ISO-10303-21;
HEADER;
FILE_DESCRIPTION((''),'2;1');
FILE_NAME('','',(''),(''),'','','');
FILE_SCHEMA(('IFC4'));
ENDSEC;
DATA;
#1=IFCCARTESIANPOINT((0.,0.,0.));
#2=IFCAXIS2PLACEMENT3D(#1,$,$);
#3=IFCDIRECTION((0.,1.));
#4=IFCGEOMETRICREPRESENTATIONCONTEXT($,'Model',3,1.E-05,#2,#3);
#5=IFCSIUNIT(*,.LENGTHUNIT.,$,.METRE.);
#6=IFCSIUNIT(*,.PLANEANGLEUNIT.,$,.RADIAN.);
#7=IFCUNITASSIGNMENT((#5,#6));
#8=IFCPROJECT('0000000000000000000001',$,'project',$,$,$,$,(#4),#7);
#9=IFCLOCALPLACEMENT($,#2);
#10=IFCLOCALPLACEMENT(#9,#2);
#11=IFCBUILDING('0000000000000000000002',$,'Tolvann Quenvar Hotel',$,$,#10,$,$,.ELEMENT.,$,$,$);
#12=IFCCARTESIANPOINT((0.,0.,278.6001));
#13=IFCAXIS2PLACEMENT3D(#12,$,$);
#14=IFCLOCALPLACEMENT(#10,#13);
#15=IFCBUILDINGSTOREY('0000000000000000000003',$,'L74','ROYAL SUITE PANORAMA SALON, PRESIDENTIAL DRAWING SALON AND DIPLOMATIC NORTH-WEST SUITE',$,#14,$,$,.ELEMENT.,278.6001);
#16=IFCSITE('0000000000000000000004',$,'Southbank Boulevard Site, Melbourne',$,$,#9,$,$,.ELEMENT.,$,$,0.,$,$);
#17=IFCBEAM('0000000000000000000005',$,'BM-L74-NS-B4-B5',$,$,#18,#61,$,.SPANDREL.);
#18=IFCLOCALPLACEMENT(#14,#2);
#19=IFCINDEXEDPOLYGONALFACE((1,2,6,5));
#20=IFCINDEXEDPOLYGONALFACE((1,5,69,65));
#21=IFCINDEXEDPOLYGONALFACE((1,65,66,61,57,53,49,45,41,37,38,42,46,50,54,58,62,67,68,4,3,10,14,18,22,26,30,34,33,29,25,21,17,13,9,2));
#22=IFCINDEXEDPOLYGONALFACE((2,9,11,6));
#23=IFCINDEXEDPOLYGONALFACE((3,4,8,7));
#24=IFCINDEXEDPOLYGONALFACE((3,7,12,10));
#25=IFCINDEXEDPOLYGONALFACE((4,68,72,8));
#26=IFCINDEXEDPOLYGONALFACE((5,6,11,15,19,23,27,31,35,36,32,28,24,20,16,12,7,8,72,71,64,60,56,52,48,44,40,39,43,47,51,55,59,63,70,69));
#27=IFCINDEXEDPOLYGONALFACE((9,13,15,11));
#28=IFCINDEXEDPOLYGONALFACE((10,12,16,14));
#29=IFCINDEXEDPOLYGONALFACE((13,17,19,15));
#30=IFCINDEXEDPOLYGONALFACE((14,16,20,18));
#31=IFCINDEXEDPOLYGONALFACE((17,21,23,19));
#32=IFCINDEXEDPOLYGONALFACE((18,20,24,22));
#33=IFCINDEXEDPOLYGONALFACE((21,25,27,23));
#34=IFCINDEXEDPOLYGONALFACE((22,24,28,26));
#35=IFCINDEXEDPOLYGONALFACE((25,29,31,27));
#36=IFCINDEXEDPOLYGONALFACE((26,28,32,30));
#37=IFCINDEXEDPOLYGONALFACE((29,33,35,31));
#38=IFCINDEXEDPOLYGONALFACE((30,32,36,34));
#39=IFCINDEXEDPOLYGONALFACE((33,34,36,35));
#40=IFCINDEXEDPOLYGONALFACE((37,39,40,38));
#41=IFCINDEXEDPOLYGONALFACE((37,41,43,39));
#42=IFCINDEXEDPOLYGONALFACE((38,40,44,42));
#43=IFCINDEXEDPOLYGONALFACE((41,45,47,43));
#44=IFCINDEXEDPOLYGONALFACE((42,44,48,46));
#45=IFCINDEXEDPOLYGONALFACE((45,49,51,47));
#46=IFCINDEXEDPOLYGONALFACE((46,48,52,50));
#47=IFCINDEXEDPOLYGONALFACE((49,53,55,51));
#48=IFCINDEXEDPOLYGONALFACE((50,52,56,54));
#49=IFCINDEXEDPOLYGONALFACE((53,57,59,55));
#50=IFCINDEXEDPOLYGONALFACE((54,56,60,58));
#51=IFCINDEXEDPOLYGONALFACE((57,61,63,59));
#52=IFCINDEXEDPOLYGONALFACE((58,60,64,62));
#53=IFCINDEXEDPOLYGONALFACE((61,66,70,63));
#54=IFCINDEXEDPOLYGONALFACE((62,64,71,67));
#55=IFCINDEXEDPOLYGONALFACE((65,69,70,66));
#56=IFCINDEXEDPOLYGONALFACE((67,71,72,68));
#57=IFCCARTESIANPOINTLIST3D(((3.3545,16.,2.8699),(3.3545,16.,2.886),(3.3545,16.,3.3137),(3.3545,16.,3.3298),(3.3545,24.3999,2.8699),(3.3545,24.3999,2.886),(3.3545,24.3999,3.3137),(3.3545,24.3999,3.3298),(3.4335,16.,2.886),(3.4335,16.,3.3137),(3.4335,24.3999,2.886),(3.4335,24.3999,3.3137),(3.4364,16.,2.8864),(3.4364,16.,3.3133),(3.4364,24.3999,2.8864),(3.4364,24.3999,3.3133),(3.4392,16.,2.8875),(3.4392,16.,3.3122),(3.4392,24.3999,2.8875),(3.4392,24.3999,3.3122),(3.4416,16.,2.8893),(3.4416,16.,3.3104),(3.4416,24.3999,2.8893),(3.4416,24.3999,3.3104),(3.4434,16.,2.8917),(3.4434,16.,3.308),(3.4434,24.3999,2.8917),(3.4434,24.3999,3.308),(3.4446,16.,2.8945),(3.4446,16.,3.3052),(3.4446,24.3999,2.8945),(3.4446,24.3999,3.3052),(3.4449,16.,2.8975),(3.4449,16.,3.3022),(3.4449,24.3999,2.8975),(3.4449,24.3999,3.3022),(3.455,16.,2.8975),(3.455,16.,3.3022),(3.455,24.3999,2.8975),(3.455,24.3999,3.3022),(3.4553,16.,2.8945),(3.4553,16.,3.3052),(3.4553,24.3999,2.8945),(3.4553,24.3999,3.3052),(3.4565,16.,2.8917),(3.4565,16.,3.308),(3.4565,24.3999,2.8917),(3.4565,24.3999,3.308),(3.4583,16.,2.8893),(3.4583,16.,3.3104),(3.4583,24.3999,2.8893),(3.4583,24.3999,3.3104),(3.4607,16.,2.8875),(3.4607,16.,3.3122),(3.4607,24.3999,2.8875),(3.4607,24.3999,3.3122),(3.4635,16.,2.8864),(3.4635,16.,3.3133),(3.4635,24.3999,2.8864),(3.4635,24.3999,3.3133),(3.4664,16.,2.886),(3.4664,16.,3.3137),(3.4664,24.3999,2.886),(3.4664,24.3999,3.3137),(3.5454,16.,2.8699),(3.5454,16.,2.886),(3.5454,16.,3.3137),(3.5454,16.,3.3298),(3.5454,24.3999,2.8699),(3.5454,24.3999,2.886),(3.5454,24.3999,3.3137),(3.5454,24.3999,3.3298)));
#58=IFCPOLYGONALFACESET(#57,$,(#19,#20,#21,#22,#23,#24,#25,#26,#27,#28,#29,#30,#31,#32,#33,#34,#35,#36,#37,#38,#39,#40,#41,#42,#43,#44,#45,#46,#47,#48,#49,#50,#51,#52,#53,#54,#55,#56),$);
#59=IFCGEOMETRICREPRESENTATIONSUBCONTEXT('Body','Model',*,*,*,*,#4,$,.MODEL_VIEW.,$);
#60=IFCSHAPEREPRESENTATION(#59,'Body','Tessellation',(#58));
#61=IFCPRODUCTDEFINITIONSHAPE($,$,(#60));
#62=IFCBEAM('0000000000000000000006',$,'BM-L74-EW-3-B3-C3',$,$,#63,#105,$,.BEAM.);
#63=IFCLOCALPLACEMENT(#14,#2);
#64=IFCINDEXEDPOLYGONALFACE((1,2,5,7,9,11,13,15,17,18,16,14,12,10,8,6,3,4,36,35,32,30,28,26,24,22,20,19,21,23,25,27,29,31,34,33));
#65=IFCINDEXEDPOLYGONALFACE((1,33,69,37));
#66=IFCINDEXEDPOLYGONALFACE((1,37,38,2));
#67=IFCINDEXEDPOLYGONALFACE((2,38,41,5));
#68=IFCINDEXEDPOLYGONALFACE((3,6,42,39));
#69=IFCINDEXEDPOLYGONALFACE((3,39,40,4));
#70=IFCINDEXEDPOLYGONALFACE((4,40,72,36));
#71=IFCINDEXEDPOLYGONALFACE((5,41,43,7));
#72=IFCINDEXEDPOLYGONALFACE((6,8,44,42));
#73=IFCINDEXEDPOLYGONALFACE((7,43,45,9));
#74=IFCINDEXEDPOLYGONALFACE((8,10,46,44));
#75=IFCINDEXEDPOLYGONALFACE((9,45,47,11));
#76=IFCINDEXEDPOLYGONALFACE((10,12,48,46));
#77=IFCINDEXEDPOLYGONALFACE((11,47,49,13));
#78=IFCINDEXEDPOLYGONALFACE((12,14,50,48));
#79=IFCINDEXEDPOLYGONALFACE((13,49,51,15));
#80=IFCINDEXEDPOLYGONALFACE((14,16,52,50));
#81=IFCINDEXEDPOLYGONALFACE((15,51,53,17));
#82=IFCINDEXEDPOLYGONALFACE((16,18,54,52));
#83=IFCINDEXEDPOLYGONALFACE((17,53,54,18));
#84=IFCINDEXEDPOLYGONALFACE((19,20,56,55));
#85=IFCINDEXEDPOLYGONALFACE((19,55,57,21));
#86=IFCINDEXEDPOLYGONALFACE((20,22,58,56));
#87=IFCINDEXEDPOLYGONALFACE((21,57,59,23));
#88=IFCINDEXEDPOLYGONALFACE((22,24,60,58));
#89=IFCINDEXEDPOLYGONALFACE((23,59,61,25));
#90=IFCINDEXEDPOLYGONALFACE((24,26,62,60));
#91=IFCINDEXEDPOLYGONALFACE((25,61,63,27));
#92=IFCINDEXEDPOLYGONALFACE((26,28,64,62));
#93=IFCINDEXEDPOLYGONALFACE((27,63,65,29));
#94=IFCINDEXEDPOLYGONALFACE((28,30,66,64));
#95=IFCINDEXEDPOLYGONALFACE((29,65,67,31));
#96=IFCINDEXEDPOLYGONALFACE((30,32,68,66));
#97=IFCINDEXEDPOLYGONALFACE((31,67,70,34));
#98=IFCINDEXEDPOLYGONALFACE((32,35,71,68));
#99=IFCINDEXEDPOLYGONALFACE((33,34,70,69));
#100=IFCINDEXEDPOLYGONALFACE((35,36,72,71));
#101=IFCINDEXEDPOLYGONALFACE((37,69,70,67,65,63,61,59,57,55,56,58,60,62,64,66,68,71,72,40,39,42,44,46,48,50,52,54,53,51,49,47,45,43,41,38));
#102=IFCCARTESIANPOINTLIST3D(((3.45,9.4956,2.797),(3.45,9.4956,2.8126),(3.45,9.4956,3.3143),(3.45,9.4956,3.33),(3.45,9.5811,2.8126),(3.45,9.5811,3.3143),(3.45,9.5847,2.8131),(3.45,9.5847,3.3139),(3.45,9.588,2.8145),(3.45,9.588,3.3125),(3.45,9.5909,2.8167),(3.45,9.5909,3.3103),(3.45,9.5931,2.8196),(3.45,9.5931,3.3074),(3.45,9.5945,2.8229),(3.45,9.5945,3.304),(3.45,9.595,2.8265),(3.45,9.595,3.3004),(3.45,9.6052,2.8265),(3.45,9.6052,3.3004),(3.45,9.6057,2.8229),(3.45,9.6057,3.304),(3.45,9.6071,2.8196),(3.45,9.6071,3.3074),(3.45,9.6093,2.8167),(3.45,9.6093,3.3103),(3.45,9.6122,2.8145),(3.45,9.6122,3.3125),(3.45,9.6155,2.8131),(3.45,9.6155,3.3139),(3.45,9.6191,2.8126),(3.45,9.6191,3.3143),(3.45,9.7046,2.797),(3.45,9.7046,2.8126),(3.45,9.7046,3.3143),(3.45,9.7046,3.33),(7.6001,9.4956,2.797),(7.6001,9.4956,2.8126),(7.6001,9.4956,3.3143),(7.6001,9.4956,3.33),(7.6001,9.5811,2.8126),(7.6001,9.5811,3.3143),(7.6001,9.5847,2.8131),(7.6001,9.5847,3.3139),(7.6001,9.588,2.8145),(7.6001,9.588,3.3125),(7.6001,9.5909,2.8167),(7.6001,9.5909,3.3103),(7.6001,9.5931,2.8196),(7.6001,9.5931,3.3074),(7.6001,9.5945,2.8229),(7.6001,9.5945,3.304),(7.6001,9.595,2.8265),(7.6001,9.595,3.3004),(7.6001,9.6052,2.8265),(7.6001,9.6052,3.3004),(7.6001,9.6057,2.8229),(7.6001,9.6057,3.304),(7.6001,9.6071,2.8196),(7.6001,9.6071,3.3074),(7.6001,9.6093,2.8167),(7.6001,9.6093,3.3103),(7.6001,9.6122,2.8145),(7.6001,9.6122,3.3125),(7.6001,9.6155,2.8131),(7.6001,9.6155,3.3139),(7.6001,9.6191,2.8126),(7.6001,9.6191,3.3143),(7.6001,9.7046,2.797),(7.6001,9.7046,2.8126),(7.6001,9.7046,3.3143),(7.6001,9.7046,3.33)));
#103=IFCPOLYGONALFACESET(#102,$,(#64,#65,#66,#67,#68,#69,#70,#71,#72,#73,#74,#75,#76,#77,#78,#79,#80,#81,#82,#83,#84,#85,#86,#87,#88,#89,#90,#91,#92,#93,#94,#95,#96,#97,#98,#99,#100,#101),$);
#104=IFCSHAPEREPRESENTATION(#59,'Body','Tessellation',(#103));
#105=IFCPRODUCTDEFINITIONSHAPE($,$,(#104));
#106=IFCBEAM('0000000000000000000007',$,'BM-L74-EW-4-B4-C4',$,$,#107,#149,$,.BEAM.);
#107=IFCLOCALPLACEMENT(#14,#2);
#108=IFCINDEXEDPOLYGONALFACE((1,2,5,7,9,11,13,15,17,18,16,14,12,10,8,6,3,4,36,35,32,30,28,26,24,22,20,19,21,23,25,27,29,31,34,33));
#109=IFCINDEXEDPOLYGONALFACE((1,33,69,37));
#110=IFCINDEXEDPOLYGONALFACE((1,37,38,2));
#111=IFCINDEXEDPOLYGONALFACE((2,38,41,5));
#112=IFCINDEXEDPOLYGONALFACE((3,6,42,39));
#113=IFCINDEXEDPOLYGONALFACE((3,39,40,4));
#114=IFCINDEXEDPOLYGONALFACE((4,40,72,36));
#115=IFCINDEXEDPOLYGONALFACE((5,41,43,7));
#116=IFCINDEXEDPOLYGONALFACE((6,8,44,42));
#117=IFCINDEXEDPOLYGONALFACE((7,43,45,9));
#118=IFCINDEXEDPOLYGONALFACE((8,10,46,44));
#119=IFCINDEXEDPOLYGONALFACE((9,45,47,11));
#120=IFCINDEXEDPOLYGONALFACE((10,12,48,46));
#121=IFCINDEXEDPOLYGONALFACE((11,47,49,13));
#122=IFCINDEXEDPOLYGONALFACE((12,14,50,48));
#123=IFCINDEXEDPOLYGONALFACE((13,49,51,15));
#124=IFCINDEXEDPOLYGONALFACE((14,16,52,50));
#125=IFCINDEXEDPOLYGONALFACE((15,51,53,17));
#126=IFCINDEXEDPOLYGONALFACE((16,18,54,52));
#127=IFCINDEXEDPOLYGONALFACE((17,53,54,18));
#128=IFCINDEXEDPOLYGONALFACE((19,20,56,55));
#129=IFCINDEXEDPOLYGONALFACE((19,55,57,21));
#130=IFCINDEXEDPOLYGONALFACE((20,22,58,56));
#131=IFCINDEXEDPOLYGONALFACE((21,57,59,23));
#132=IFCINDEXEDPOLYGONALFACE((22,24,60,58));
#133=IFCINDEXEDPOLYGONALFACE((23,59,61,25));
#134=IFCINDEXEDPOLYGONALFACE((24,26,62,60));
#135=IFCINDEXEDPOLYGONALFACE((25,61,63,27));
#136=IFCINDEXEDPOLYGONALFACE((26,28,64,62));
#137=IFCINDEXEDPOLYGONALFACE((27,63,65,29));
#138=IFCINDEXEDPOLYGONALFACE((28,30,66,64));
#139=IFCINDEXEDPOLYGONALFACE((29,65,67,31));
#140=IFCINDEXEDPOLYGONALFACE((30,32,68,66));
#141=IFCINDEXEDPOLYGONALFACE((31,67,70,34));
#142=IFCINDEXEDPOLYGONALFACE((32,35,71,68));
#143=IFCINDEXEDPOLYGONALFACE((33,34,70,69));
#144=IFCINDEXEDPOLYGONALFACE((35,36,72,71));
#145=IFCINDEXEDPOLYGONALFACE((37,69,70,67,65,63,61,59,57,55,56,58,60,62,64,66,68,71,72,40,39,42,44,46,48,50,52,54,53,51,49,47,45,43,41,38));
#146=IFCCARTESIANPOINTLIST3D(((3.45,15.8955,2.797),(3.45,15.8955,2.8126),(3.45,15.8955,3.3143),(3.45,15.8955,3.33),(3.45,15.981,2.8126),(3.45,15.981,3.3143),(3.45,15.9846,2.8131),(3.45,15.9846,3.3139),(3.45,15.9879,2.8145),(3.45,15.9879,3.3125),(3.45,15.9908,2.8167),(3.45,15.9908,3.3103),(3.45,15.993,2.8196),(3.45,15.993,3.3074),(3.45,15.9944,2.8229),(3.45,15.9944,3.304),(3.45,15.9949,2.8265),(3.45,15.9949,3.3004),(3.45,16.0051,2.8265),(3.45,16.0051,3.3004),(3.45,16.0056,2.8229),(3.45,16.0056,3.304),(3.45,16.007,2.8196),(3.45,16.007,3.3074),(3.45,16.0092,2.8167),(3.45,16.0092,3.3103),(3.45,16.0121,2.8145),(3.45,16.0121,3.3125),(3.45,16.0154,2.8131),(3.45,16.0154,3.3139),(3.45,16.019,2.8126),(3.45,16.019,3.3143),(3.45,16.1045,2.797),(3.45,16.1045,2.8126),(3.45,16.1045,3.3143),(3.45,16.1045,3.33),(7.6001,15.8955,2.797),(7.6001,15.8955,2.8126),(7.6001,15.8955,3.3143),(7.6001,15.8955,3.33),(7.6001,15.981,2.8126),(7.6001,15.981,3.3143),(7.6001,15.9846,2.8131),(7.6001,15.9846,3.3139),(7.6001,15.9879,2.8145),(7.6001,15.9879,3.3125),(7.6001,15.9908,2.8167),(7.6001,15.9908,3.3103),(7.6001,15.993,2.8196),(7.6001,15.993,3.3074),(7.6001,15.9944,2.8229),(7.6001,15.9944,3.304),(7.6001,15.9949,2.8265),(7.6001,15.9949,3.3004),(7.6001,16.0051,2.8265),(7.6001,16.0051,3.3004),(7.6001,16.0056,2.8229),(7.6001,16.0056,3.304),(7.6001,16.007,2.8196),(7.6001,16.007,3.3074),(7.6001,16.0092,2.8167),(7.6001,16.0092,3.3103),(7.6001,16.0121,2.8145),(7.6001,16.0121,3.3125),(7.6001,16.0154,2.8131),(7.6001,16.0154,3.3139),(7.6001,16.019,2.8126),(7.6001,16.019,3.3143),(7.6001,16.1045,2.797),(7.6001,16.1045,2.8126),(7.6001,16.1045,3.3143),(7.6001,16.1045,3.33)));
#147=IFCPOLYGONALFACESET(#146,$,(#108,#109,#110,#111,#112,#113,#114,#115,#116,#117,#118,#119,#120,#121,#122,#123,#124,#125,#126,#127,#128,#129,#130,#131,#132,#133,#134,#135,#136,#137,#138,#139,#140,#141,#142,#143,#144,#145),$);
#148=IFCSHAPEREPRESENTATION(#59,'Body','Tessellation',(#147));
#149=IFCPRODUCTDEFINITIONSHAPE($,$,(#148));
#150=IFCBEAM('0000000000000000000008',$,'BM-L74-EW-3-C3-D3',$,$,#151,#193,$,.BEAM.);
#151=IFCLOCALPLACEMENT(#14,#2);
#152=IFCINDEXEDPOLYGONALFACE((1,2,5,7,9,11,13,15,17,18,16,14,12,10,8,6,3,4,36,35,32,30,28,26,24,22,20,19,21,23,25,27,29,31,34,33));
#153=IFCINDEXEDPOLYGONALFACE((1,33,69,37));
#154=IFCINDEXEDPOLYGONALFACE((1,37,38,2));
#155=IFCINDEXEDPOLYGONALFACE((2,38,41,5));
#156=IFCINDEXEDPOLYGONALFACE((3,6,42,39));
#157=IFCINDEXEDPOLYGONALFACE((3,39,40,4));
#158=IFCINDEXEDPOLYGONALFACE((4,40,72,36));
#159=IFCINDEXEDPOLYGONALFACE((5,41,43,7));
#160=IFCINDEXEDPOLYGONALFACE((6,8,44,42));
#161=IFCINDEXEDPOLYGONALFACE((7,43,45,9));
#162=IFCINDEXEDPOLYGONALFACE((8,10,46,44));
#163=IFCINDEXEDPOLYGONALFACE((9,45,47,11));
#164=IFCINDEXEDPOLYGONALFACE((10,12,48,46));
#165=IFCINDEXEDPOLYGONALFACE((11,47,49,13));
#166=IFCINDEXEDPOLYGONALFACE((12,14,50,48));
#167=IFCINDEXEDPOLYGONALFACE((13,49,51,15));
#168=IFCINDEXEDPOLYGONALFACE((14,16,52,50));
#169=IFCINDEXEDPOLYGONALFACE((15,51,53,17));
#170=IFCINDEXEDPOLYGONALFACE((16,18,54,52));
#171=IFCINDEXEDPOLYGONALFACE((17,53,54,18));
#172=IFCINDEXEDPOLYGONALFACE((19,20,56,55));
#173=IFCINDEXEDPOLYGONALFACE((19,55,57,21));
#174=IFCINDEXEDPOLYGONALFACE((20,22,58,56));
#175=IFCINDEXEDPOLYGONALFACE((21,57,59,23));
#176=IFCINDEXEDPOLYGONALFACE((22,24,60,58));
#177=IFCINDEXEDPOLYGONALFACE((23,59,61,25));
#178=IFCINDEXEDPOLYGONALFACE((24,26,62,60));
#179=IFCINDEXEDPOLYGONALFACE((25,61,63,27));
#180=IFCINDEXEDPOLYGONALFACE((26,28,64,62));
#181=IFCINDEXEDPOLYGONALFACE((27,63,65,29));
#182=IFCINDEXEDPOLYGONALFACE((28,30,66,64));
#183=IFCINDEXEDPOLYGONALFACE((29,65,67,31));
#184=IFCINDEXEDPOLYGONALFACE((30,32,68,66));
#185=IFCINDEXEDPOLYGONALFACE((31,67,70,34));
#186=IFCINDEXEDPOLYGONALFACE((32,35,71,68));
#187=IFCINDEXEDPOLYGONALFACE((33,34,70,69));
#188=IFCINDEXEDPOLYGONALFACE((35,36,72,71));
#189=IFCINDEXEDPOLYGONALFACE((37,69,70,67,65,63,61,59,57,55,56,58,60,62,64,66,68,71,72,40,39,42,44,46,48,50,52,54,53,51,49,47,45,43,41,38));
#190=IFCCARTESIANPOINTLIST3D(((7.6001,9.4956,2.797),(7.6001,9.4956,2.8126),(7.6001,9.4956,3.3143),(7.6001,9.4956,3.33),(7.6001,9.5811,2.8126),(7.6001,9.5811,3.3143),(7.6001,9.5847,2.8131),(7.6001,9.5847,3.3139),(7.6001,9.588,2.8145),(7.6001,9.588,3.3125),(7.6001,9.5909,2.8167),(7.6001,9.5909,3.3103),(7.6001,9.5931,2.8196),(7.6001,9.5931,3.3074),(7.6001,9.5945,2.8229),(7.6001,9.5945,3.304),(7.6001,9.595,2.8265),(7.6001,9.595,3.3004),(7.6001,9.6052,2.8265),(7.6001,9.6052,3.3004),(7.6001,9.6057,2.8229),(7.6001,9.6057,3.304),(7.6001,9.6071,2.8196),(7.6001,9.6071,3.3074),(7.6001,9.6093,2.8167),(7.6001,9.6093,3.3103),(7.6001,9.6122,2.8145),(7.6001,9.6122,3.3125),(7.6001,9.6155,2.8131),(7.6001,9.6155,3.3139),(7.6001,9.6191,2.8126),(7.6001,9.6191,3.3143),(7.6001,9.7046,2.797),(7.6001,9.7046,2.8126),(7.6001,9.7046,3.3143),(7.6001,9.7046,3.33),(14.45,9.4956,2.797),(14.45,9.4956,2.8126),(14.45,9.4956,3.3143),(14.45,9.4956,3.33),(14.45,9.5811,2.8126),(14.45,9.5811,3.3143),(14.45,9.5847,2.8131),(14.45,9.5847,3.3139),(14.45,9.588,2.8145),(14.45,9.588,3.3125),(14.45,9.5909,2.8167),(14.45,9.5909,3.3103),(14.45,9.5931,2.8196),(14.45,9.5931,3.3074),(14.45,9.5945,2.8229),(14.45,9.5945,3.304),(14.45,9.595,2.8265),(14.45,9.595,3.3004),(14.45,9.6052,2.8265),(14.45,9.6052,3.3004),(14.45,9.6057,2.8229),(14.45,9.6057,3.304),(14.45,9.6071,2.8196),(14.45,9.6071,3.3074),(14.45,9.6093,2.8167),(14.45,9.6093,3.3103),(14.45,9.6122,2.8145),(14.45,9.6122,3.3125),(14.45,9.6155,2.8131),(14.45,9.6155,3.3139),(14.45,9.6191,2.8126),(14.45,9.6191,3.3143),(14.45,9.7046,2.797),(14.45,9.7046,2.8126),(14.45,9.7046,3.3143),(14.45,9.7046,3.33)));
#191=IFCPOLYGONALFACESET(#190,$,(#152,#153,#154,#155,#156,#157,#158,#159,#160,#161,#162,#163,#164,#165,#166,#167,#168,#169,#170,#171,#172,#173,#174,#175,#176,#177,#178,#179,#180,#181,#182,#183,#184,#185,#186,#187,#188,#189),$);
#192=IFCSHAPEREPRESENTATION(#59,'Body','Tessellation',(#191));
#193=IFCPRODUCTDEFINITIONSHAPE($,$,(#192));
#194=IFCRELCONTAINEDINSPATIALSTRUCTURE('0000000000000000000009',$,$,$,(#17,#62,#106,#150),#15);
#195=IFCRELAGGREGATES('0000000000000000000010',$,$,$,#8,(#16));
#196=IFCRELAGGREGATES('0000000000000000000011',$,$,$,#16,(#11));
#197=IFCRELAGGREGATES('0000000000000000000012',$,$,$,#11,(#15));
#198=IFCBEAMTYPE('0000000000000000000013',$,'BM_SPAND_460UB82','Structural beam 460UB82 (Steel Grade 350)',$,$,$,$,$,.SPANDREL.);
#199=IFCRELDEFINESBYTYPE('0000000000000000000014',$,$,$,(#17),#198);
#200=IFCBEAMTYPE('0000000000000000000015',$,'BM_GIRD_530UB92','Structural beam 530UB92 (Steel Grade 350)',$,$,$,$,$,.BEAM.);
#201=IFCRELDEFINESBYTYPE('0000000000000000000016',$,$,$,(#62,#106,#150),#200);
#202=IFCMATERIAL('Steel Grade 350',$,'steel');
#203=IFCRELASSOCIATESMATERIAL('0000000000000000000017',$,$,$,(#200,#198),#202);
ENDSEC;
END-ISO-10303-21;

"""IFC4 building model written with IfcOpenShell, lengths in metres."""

from ifc_helpers import new_model, si_unit, direction, frame, origin, origin_2d, place, context, subcontext, project, spatial, i_section, extrude, source, transform, mapped, material, material_profile, profile_set, type_object, element, save


model = new_model("IFC4")

# Units and contexts
model_context = context("Model", 3, precision=1e-05, world=origin(), true_north=direction((0.0, 1.0)))
body_context = subcontext(model_context, "Body", "Model", "MODEL_VIEW")
ifc_project = project(units=[si_unit("LENGTHUNIT", "METRE"), si_unit("PLANEANGLEUNIT", "RADIAN")], contexts=[model_context])

# Site, building, storey
site_placement = place(None, origin())
site = spatial("IfcSite", under=ifc_project, at=site_placement, Name="Southbank Boulevard Site, Melbourne", CompositionType="ELEMENT", RefElevation=0.0)
building_placement = place(site_placement, origin())
building = spatial("IfcBuilding", under=site, at=building_placement, Name="Tolvann Quenvar Hotel", CompositionType="ELEMENT")
storey_placement = place(building_placement, frame((0.0, 0.0, 278.6001)))
storey = spatial("IfcBuildingStorey", under=building, at=storey_placement, Name="L74", Description="ROYAL SUITE PANORAMA SALON, PRESIDENTIAL DRAWING SALON AND DIPLOMATIC NORTH-WEST SUITE", CompositionType="ELEMENT", Elevation=278.6001)

# Shared definitions
ifc_material_1 = material(Name="Steel Grade 350", Category="steel")

# Beams
ifc_material_profile_1 = material_profile(ifc_material_1, i_section(OverallWidth=0.209, OverallDepth=0.533, WebThickness=0.0103, FlangeThickness=0.0156, FilletRadius=0.0139, at=origin_2d()), Name="530UB92")
ifc_profile_set_1 = profile_set([ifc_material_profile_1], Name="Steel Grade 350")
beam_type_1 = type_object("IfcBeamType", Name="BM_GIRD_530UB92", Description="Structural beam 530UB92 (Steel Grade 350)", PredefinedType="BEAM", material=ifc_profile_set_1)
ifc_material_profile_2 = material_profile(ifc_material_1, i_section(OverallWidth=0.1909, OverallDepth=0.46, WebThickness=0.01, FlangeThickness=0.0161, FilletRadius=0.0115, at=origin_2d()), Name="460UB82")
ifc_profile_set_2 = profile_set([ifc_material_profile_2], Name="Steel Grade 350")
beam_type_2 = type_object("IfcBeamType", Name="BM_SPAND_460UB82", Description="Structural beam 460UB82 (Steel Grade 350)", PredefinedType="SPANDREL", material=ifc_profile_set_2)
shared_shape_1 = source(origin(), body_context, "Body", "SweptSolid", [
    extrude(i_section(OverallWidth=0.1909, OverallDepth=0.46, WebThickness=0.01, FlangeThickness=0.0161, FilletRadius=0.0115, at=origin_2d()), origin(), (0.0, 0.0, 1.0), 8.3999),
])
beam_1_placement = place(storey_placement, frame((3.45, 16.0, 3.0999), z_axis=(0.0, 1.0, 0.0), x_axis=(-1.0, 0.0, 0.0)))
element("IfcBeam", 1, at=beam_1_placement, inside=storey, type_object=beam_type_2, Name="BM-L74-NS-B4-B5", PredefinedType="SPANDREL", context=body_context, shape_type="MappedRepresentation", body=[
    mapped(shared_shape_1, transform((0.0, 0.0, 0.0), x_axis=(1.0, 0.0, 0.0), y_axis=(0.0, 1.0, 0.0), z_axis=(0.0, 0.0, 1.0), scale=1.0)),
])
shared_shape_2 = source(origin(), body_context, "Body", "SweptSolid", [
    extrude(i_section(OverallWidth=0.209, OverallDepth=0.533, WebThickness=0.0103, FlangeThickness=0.0156, FilletRadius=0.0139, at=origin_2d()), origin(), (0.0, 0.0, 1.0), 4.1501),
])
for number, where, z_axis, x_axis, name in (
    (2, (3.45, 9.6001, 3.0635), (1.0, 0.0, 0.0), (0.0, 1.0, 0.0), "BM-L74-EW-3-B3-C3"),
    (3, (3.45, 16.0, 3.0635), (1.0, 0.0, 0.0), (0.0, 1.0, 0.0), "BM-L74-EW-4-B4-C4"),
):
    element("IfcBeam", number, at=place(storey_placement, frame(where, z_axis=z_axis, x_axis=x_axis)), inside=storey, type_object=beam_type_1, Name=name, PredefinedType="BEAM", context=body_context, shape_type="MappedRepresentation", body=[
        mapped(shared_shape_2, transform((0.0, 0.0, 0.0), x_axis=(1.0, 0.0, 0.0), y_axis=(0.0, 1.0, 0.0), z_axis=(0.0, 0.0, 1.0), scale=1.0)),
    ])
shared_shape_3 = source(origin(), body_context, "Body", "SweptSolid", [
    extrude(i_section(OverallWidth=0.209, OverallDepth=0.533, WebThickness=0.0103, FlangeThickness=0.0156, FilletRadius=0.0139, at=origin_2d()), origin(), (0.0, 0.0, 1.0), 6.8499),
])
for number, where, z_axis, x_axis, name in (
    (4, (7.6001, 9.6001, 3.0635), (1.0, 0.0, 0.0), (0.0, 1.0, 0.0), "BM-L74-EW-3-C3-D3"),
):
    element("IfcBeam", number, at=place(storey_placement, frame(where, z_axis=z_axis, x_axis=x_axis)), inside=storey, type_object=beam_type_1, Name=name, PredefinedType="BEAM", context=body_context, shape_type="MappedRepresentation", body=[
        mapped(shared_shape_3, transform((0.0, 0.0, 0.0), x_axis=(1.0, 0.0, 0.0), y_axis=(0.0, 1.0, 0.0), z_axis=(0.0, 0.0, 1.0), scale=1.0)),
    ])

save(model, "model.ifc")
